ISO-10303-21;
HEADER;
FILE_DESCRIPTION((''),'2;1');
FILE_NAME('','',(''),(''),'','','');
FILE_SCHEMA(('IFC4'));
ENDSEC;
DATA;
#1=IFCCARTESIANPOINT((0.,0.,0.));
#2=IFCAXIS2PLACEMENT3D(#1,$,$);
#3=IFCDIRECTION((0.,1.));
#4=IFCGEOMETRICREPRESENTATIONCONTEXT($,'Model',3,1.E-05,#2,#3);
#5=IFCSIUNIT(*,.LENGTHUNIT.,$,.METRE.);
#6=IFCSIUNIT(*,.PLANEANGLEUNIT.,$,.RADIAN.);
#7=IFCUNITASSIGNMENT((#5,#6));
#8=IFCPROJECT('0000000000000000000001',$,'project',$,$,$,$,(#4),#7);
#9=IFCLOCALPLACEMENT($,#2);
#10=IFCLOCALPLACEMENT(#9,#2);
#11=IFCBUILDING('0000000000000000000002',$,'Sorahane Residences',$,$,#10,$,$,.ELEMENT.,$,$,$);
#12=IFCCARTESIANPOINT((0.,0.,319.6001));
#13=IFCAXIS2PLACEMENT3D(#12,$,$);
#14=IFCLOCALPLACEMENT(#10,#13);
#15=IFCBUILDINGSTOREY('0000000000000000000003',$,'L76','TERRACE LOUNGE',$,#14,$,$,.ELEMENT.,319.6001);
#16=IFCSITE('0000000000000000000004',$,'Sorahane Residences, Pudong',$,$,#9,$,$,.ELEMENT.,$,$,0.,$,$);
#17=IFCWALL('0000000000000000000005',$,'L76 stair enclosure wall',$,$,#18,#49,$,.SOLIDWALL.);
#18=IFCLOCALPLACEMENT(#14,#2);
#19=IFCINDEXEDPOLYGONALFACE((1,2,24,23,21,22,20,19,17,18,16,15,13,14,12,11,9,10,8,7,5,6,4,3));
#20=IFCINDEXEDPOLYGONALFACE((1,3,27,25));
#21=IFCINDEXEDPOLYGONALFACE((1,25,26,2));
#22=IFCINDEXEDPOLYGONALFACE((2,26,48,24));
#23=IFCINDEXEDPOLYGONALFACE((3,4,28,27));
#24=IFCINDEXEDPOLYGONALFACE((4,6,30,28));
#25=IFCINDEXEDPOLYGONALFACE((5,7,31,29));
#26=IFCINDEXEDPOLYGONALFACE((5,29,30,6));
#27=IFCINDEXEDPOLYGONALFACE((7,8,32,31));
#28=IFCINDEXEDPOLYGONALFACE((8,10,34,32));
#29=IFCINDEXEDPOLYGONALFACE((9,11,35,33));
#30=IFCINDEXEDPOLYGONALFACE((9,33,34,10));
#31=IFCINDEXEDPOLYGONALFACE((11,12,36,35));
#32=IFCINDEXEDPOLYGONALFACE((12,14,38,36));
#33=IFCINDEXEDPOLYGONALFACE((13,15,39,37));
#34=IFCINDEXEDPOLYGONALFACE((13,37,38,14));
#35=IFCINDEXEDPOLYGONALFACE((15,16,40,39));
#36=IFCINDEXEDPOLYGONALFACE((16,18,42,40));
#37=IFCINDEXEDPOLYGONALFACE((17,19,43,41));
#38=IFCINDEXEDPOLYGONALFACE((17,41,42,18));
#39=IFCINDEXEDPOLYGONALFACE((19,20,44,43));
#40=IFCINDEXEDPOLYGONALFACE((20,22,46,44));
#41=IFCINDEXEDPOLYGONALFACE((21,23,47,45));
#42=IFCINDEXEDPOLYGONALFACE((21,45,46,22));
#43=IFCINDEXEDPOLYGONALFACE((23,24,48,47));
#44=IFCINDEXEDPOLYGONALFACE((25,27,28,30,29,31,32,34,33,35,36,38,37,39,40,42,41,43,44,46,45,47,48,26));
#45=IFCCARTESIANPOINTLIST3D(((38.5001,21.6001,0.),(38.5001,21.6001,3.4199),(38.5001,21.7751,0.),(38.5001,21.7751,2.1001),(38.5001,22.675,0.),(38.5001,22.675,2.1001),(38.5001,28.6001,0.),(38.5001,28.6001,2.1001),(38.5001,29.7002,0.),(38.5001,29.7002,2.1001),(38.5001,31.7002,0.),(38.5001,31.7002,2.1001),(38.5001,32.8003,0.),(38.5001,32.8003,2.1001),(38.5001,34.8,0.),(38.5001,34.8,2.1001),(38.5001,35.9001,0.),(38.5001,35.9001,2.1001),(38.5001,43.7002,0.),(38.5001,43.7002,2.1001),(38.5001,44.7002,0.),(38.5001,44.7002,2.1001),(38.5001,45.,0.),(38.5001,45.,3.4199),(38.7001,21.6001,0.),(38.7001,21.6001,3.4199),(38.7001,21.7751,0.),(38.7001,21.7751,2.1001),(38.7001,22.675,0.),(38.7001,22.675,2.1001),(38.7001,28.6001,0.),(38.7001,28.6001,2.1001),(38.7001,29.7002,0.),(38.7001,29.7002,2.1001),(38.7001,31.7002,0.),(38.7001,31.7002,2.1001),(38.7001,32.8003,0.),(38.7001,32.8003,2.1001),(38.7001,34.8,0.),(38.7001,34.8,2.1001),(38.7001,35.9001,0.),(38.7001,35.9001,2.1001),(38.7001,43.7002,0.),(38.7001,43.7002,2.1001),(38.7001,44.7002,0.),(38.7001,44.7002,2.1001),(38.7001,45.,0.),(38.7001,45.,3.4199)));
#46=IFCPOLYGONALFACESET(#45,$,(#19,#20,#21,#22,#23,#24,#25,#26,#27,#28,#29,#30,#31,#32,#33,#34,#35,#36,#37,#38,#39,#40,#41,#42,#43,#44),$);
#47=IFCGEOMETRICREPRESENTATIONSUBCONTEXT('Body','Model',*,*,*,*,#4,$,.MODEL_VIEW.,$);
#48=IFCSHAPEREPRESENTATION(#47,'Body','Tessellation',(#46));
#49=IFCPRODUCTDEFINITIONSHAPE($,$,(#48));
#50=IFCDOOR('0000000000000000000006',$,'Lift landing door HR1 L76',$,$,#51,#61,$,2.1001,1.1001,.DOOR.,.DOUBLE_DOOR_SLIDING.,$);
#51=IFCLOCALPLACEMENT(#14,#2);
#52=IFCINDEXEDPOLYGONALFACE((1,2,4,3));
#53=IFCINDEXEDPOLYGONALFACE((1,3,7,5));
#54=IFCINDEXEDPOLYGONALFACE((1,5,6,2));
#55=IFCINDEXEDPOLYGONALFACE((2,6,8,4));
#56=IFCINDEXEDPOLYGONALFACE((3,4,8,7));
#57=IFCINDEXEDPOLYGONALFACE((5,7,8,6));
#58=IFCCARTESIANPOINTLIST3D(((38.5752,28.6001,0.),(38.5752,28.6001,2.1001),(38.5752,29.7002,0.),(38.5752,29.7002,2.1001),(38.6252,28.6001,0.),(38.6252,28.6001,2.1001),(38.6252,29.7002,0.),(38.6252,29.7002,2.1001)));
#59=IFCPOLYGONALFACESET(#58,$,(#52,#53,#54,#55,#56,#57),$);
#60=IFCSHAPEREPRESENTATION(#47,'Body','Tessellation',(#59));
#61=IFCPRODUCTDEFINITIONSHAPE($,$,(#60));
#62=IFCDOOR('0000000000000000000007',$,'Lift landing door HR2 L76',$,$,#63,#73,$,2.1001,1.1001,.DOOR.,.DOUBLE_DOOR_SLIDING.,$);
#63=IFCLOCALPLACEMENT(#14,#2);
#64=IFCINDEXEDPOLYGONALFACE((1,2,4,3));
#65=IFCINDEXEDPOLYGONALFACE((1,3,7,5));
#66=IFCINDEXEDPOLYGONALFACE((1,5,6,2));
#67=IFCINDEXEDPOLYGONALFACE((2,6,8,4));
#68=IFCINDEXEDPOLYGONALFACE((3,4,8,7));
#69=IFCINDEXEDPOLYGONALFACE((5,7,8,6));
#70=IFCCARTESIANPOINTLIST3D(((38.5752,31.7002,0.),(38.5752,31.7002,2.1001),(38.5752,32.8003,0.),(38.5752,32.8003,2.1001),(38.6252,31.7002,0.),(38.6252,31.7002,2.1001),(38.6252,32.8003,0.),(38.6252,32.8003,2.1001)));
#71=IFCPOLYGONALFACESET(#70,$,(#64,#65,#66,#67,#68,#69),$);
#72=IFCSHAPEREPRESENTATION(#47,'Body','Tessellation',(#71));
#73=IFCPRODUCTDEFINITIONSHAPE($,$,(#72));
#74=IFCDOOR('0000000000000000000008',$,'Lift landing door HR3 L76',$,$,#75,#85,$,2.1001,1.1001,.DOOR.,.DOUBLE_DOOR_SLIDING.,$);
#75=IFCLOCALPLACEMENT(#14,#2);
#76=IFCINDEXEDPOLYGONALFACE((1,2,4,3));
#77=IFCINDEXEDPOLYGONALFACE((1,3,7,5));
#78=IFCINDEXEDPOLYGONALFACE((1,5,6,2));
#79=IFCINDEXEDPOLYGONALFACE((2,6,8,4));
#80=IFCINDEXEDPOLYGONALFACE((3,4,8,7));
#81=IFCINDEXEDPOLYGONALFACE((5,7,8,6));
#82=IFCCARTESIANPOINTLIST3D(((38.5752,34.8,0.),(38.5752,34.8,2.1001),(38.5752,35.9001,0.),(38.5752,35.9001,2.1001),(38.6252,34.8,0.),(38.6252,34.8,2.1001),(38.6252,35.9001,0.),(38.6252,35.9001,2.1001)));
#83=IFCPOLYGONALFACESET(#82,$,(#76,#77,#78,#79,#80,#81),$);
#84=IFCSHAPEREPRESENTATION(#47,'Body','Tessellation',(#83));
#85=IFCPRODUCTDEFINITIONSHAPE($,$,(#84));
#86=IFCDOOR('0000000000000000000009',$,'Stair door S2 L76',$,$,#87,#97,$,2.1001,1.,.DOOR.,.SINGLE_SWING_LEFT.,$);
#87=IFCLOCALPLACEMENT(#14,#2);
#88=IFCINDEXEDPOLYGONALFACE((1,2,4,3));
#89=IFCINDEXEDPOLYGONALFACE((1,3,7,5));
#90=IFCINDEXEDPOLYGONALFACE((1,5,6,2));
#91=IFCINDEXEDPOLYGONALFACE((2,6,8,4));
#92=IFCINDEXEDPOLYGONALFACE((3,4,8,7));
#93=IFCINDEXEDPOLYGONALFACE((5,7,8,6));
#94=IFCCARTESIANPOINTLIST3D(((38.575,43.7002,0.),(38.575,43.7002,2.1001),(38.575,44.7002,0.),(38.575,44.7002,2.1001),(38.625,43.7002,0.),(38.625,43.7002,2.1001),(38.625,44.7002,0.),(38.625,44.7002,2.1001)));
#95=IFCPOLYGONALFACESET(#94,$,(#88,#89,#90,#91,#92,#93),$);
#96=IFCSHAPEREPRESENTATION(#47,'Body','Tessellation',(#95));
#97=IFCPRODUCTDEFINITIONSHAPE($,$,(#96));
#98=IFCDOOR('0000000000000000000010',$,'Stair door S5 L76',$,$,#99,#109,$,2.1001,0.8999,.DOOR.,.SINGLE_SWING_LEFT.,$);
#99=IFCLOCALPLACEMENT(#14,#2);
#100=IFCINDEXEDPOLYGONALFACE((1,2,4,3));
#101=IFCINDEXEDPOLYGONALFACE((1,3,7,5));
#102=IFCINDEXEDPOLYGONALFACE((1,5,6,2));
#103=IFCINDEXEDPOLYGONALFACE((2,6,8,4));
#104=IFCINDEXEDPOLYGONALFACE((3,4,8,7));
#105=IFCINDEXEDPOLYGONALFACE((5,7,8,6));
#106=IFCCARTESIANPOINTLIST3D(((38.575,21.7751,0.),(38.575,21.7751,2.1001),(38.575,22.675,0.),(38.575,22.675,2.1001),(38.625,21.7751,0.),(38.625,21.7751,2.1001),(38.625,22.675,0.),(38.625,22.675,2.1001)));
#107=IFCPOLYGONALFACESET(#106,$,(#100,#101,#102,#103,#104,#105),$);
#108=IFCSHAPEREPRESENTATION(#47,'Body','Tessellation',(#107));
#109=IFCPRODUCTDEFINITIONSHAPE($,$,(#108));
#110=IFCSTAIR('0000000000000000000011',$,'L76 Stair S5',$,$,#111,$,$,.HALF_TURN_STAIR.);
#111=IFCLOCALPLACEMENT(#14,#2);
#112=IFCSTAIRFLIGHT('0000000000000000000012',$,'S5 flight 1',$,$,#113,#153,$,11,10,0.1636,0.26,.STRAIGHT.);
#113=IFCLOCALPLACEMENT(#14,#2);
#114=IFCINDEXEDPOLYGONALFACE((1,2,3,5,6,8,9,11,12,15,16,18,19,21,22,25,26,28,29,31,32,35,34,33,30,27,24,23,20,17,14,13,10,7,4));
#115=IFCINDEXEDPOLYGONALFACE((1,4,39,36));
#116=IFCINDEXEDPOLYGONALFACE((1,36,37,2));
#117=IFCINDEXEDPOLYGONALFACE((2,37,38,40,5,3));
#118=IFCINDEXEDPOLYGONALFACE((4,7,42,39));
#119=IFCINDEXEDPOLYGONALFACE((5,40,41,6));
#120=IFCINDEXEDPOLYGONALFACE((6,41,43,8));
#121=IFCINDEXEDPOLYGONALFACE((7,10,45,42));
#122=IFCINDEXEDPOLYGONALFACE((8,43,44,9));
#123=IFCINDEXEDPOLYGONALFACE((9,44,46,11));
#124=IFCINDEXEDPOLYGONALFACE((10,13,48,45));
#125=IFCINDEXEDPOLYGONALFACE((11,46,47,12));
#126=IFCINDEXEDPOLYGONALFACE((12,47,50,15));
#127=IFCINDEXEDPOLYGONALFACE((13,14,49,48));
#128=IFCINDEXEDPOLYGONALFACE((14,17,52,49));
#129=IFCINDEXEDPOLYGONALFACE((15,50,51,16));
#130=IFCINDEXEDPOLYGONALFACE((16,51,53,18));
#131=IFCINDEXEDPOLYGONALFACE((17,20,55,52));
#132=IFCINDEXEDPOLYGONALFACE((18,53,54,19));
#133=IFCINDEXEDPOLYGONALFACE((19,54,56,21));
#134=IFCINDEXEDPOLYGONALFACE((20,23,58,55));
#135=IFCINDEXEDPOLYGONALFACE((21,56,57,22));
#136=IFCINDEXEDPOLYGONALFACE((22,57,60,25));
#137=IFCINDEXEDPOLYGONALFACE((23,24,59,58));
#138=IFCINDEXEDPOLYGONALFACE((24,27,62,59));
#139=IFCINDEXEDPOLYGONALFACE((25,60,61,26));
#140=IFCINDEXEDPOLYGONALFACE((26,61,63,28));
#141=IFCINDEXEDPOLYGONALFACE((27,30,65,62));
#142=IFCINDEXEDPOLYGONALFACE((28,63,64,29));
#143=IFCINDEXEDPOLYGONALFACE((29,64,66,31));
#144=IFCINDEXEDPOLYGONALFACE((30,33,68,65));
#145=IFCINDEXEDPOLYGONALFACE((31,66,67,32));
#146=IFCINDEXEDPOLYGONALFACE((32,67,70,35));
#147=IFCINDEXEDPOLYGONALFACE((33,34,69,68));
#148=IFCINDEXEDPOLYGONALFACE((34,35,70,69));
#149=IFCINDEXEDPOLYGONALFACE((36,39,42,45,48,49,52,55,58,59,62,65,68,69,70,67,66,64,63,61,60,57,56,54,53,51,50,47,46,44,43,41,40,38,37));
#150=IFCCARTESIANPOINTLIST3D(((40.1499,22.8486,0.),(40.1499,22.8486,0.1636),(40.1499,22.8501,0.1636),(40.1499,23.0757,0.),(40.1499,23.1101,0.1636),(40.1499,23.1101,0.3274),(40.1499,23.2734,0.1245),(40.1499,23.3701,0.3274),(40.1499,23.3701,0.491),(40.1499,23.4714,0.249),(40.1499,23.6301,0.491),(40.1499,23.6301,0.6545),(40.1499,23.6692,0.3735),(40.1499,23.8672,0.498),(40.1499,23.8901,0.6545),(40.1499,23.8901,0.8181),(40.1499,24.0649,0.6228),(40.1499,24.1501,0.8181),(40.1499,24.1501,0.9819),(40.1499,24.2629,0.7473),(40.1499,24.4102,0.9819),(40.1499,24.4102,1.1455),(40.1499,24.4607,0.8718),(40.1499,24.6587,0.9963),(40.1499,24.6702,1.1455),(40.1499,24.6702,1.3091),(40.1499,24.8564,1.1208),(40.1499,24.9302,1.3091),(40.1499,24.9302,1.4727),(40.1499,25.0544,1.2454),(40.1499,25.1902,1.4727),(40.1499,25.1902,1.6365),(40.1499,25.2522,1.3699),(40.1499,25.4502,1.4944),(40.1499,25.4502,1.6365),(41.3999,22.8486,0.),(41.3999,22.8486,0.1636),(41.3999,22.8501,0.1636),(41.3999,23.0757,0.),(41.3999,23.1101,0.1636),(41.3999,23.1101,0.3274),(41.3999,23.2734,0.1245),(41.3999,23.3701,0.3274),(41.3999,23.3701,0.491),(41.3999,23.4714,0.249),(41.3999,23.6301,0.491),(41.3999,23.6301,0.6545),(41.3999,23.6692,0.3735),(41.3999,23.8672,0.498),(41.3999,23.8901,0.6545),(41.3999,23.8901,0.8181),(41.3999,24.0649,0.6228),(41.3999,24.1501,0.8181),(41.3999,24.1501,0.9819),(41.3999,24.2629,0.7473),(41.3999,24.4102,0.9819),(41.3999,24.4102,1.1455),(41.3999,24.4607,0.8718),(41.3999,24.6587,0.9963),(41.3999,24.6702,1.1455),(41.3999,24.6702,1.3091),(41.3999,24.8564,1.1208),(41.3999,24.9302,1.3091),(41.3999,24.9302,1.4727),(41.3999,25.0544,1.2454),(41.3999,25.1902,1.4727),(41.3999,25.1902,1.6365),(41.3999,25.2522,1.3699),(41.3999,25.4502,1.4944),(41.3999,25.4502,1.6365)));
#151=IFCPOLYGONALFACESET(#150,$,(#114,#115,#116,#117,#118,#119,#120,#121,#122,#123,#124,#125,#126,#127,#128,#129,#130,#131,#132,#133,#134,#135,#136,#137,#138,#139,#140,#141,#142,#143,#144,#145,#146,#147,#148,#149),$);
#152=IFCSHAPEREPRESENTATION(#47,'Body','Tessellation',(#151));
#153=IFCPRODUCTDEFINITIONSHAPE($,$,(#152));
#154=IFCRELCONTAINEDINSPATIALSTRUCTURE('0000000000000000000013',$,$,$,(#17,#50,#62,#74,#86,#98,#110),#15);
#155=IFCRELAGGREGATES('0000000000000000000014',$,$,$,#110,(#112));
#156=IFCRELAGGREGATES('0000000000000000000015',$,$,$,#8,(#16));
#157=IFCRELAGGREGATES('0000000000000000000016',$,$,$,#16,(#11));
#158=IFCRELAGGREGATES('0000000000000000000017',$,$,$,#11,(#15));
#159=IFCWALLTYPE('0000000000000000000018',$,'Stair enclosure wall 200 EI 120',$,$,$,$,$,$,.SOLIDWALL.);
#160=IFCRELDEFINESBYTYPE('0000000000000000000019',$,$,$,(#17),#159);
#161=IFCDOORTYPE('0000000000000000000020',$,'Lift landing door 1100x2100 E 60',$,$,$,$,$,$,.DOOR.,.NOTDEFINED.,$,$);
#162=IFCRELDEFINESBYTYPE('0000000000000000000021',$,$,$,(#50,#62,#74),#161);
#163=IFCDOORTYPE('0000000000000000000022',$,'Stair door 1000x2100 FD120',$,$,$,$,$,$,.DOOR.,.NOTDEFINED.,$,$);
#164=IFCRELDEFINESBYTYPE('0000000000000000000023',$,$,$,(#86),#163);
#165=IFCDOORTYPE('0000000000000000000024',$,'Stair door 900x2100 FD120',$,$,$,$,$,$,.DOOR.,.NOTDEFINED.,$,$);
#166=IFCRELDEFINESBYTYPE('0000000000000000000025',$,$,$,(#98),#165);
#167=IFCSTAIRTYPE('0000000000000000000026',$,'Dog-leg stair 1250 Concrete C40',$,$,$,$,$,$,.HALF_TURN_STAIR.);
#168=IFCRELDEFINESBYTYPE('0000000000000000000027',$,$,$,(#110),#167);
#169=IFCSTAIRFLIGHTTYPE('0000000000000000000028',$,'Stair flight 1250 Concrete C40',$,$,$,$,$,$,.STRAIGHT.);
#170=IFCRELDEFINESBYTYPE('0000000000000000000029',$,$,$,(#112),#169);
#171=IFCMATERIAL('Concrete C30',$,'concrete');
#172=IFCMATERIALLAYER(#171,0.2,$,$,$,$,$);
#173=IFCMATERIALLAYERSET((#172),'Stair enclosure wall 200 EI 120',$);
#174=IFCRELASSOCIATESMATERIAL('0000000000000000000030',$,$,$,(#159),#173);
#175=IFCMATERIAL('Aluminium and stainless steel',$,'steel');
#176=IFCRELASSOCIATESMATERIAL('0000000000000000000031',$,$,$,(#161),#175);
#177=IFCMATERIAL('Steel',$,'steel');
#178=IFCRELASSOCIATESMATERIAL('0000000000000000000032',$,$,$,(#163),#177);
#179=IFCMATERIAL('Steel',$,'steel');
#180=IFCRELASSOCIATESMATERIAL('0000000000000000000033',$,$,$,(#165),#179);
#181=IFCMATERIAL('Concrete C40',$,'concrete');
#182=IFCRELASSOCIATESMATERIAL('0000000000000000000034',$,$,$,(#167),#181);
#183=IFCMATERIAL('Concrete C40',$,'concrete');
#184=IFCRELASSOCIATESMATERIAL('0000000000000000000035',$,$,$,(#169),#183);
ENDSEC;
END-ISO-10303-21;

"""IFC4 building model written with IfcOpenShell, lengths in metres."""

from ifc_helpers import new_model, si_unit, direction, frame, frame_2d, origin, place, context, subcontext, project, spatial, polyline, rectangle, outline, extrude, material, layer, layer_set, type_object, element, fill, aggregate, save


model = new_model("IFC4")

# Units and contexts
model_context = context("Model", 3, precision=1e-05, world=origin(), true_north=direction((0.0, 1.0)))
body_context = subcontext(model_context, "Body", "Model", "MODEL_VIEW")
ifc_project = project(units=[si_unit("LENGTHUNIT", "METRE"), si_unit("PLANEANGLEUNIT", "RADIAN")], contexts=[model_context])

# Site, building, storey
site_placement = place(None, origin())
site = spatial("IfcSite", under=ifc_project, at=site_placement, Name="Sorahane Residences, Pudong", CompositionType="ELEMENT", RefElevation=0.0)
building_placement = place(site_placement, origin())
building = spatial("IfcBuilding", under=site, at=building_placement, Name="Sorahane Residences", CompositionType="ELEMENT")
storey_placement = place(building_placement, frame((0.0, 0.0, 319.6001)))
storey = spatial("IfcBuildingStorey", under=building, at=storey_placement, Name="L76", Description="TERRACE LOUNGE", CompositionType="ELEMENT", Elevation=319.6001)

# Wall, openings, doors
ifc_material_1 = material(Name="Concrete C30", Category="concrete")
ifc_layer_1 = layer(ifc_material_1, 0.2)
ifc_layer_set_1 = layer_set([ifc_layer_1], Name="Stair enclosure wall 200 EI 120")
wall_type_1 = type_object("IfcWallType", Name="Stair enclosure wall 200 EI 120", PredefinedType="SOLIDWALL", material=ifc_layer_set_1)
wall_1_placement = place(storey_placement, frame((38.6001, 21.6001, 0.0), z_axis=(0.0, 0.0, 1.0), x_axis=(0.0, 1.0, 0.0)))
wall_1 = element("IfcWall", 1, at=wall_1_placement, inside=storey, type_object=wall_type_1, Name="L76 stair enclosure wall", PredefinedType="SOLIDWALL", context=body_context, shape_type="SweptSolid", body=[
    extrude(rectangle(XDim=23.3999, YDim=0.2, at=frame_2d((11.7, 0.0))), origin(), (0.0, 0.0, 1.0), 3.4199),
])
opening_1_placement = place(wall_1_placement, frame((7.0, 0.0, 0.0)))
opening_1 = element("IfcOpeningElement", 2, at=opening_1_placement, cuts=wall_1, PredefinedType="OPENING", context=body_context, shape_type="SweptSolid", body=[
    extrude(rectangle(XDim=1.1001, YDim=2.1001, at=frame_2d((0.55, 1.05))), frame((0.0, 0.1099, 0.0), z_axis=(0.0, -1.0, 0.0), x_axis=(1.0, 0.0, 0.0)), (0.0, 0.0, 1.0), 0.22),
])
opening_2_placement = place(wall_1_placement, frame((10.1001, 0.0, 0.0)))
opening_2 = element("IfcOpeningElement", 3, at=opening_2_placement, cuts=wall_1, PredefinedType="OPENING", context=body_context, shape_type="SweptSolid", body=[
    extrude(rectangle(XDim=1.1001, YDim=2.1001, at=frame_2d((0.55, 1.05))), frame((0.0, 0.1099, 0.0), z_axis=(0.0, -1.0, 0.0), x_axis=(1.0, 0.0, 0.0)), (0.0, 0.0, 1.0), 0.22),
])
opening_3_placement = place(wall_1_placement, frame((13.2, 0.0, 0.0)))
opening_3 = element("IfcOpeningElement", 4, at=opening_3_placement, cuts=wall_1, PredefinedType="OPENING", context=body_context, shape_type="SweptSolid", body=[
    extrude(rectangle(XDim=1.1001, YDim=2.1001, at=frame_2d((0.55, 1.05))), frame((0.0, 0.1099, 0.0), z_axis=(0.0, -1.0, 0.0), x_axis=(1.0, 0.0, 0.0)), (0.0, 0.0, 1.0), 0.22),
])
opening_4_placement = place(wall_1_placement, frame((22.1001, 0.0, 0.0)))
opening_4 = element("IfcOpeningElement", 5, at=opening_4_placement, cuts=wall_1, PredefinedType="OPENING", context=body_context, shape_type="SweptSolid", body=[
    extrude(rectangle(XDim=1.0, YDim=2.1001, at=frame_2d((0.5, 1.05))), frame((0.0, 0.1099, 0.0), z_axis=(0.0, -1.0, 0.0), x_axis=(1.0, 0.0, 0.0)), (0.0, 0.0, 1.0), 0.22),
])
opening_5_placement = place(wall_1_placement, frame((0.175, 0.0, 0.0)))
opening_5 = element("IfcOpeningElement", 6, at=opening_5_placement, cuts=wall_1, PredefinedType="OPENING", context=body_context, shape_type="SweptSolid", body=[
    extrude(rectangle(XDim=0.8999, YDim=2.1001, at=frame_2d((0.45, 1.05))), frame((0.0, 0.1099, 0.0), z_axis=(0.0, -1.0, 0.0), x_axis=(1.0, 0.0, 0.0)), (0.0, 0.0, 1.0), 0.22),
])
ifc_material_2 = material(Name="Aluminium and stainless steel", Category="steel")
door_type_1 = type_object("IfcDoorType", Name="Lift landing door 1100x2100 E 60", OperationType="NOTDEFINED", PredefinedType="DOOR", material=ifc_material_2)
door_1_placement = place(opening_1_placement, origin())
door_1 = element("IfcDoor", 7, at=door_1_placement, inside=storey, type_object=door_type_1, Name="Lift landing door HR1 L76", OperationType="DOUBLE_DOOR_SLIDING", OverallHeight=2.1001, OverallWidth=1.1001, PredefinedType="DOOR", context=body_context, shape_type="SweptSolid", body=[
    extrude(rectangle(XDim=1.1001, YDim=2.1001, at=frame_2d((0.55, 1.05))), frame((0.0, 0.0249, 0.0), z_axis=(0.0, -1.0, 0.0), x_axis=(1.0, 0.0, 0.0)), (0.0, 0.0, 1.0), 0.05),
])
fill(opening_1, door_1)
door_2_placement = place(opening_2_placement, origin())
door_2 = element("IfcDoor", 8, at=door_2_placement, inside=storey, type_object=door_type_1, Name="Lift landing door HR2 L76", OperationType="DOUBLE_DOOR_SLIDING", OverallHeight=2.1001, OverallWidth=1.1001, PredefinedType="DOOR", context=body_context, shape_type="SweptSolid", body=[
    extrude(rectangle(XDim=1.1001, YDim=2.1001, at=frame_2d((0.55, 1.05))), frame((0.0, 0.0249, 0.0), z_axis=(0.0, -1.0, 0.0), x_axis=(1.0, 0.0, 0.0)), (0.0, 0.0, 1.0), 0.05),
])
fill(opening_2, door_2)
door_3_placement = place(opening_3_placement, origin())
door_3 = element("IfcDoor", 9, at=door_3_placement, inside=storey, type_object=door_type_1, Name="Lift landing door HR3 L76", OperationType="DOUBLE_DOOR_SLIDING", OverallHeight=2.1001, OverallWidth=1.1001, PredefinedType="DOOR", context=body_context, shape_type="SweptSolid", body=[
    extrude(rectangle(XDim=1.1001, YDim=2.1001, at=frame_2d((0.55, 1.05))), frame((0.0, 0.0249, 0.0), z_axis=(0.0, -1.0, 0.0), x_axis=(1.0, 0.0, 0.0)), (0.0, 0.0, 1.0), 0.05),
])
fill(opening_3, door_3)
ifc_material_3 = material(Name="Steel", Category="steel")
door_type_2 = type_object("IfcDoorType", Name="Stair door 1000x2100 FD120", OperationType="NOTDEFINED", PredefinedType="DOOR", material=ifc_material_3)
door_4_placement = place(opening_4_placement, frame((1.0, 0.0, 0.0), z_axis=(0.0, 0.0, 1.0), x_axis=(-1.0, 0.0, 0.0)))
door_4 = element("IfcDoor", 10, at=door_4_placement, inside=storey, type_object=door_type_2, Name="Stair door S2 L76", OperationType="SINGLE_SWING_LEFT", OverallHeight=2.1001, OverallWidth=1.0, PredefinedType="DOOR", context=body_context, shape_type="SweptSolid", body=[
    extrude(rectangle(XDim=1.0, YDim=2.1001, at=frame_2d((0.5, 1.05))), frame((0.0, 0.0249, 0.0), z_axis=(0.0, -1.0, 0.0), x_axis=(1.0, 0.0, 0.0)), (0.0, 0.0, 1.0), 0.05),
])
fill(opening_4, door_4)
ifc_material_4 = material(Name="Steel", Category="steel")
door_type_3 = type_object("IfcDoorType", Name="Stair door 900x2100 FD120", OperationType="NOTDEFINED", PredefinedType="DOOR", material=ifc_material_4)
door_5_placement = place(opening_5_placement, frame((0.8999, 0.0, 0.0), z_axis=(0.0, 0.0, 1.0), x_axis=(-1.0, 0.0, 0.0)))
door_5 = element("IfcDoor", 11, at=door_5_placement, inside=storey, type_object=door_type_3, Name="Stair door S5 L76", OperationType="SINGLE_SWING_LEFT", OverallHeight=2.1001, OverallWidth=0.8999, PredefinedType="DOOR", context=body_context, shape_type="SweptSolid", body=[
    extrude(rectangle(XDim=0.8999, YDim=2.1001, at=frame_2d((0.45, 1.05))), frame((0.0, 0.0249, 0.0), z_axis=(0.0, -1.0, 0.0), x_axis=(1.0, 0.0, 0.0)), (0.0, 0.0, 1.0), 0.05),
])
fill(opening_5, door_5)

# Stair, stair flight
ifc_material_5 = material(Name="Concrete C40", Category="concrete")
stair_type = type_object("IfcStairType", Name="Dog-leg stair 1250 Concrete C40", PredefinedType="HALF_TURN_STAIR", material=ifc_material_5)
stair_placement = place(storey_placement, origin())
stair = element("IfcStair", 12, at=stair_placement, inside=storey, type_object=stair_type, Name="L76 Stair S5", PredefinedType="HALF_TURN_STAIR")
ifc_material_6 = material(Name="Concrete C40", Category="concrete")
stair_flight_type = type_object("IfcStairFlightType", Name="Stair flight 1250 Concrete C40", PredefinedType="STRAIGHT", material=ifc_material_6)
stair_flight_1_placement = place(storey_placement, frame((40.7749, 22.8501, 0.0), z_axis=(0.0, 0.0, 1.0), x_axis=(0.0, 1.0, 0.0)))
stair_flight_1 = element("IfcStairFlight", 13, at=stair_flight_1_placement, type_object=stair_flight_type, Name="S5 flight 1", NumberOfRisers=11, NumberOfTreads=10, PredefinedType="STRAIGHT", RiserHeight=0.1636, TreadLength=0.26, context=body_context, shape_type="SweptSolid", body=[
    extrude(outline(polyline([(-0.0015, 0.0), (-0.0015, 0.1636), (0.0, 0.1636), (0.26, 0.1636), (0.26, 0.3274), (0.52, 0.3274), (0.52, 0.491), (0.78, 0.491), (0.78, 0.6545), (1.04, 0.6545), (1.04, 0.8181), (1.3, 0.8181), (1.3, 0.9819), (1.5601, 0.9819), (1.5601, 1.1455), (1.8201, 1.1455), (1.8201, 1.3091), (2.0801, 1.3091), (2.0801, 1.4727), (2.3401, 1.4727), (2.3401, 1.6365), (2.6001, 1.6365), (2.6001, 1.8), (2.6001, 1.4944), (2.4021, 1.3699), (2.2043, 1.2454), (2.0063, 1.1208), (1.8086, 0.9963), (1.6106, 0.8718), (1.4128, 0.7473), (1.2148, 0.6228), (1.0171, 0.498), (0.8191, 0.3735), (0.6213, 0.249), (0.4233, 0.1245), (0.2256, 0.0), (-0.0015, 0.0)])), frame((0.0, 0.625, 0.0), z_axis=(0.0, -1.0, 0.0), x_axis=(1.0, 0.0, 0.0)), (0.0, 0.0, 1.0), 1.25),
])
aggregate(stair, [stair_flight_1])

save(model, "model.ifc")
